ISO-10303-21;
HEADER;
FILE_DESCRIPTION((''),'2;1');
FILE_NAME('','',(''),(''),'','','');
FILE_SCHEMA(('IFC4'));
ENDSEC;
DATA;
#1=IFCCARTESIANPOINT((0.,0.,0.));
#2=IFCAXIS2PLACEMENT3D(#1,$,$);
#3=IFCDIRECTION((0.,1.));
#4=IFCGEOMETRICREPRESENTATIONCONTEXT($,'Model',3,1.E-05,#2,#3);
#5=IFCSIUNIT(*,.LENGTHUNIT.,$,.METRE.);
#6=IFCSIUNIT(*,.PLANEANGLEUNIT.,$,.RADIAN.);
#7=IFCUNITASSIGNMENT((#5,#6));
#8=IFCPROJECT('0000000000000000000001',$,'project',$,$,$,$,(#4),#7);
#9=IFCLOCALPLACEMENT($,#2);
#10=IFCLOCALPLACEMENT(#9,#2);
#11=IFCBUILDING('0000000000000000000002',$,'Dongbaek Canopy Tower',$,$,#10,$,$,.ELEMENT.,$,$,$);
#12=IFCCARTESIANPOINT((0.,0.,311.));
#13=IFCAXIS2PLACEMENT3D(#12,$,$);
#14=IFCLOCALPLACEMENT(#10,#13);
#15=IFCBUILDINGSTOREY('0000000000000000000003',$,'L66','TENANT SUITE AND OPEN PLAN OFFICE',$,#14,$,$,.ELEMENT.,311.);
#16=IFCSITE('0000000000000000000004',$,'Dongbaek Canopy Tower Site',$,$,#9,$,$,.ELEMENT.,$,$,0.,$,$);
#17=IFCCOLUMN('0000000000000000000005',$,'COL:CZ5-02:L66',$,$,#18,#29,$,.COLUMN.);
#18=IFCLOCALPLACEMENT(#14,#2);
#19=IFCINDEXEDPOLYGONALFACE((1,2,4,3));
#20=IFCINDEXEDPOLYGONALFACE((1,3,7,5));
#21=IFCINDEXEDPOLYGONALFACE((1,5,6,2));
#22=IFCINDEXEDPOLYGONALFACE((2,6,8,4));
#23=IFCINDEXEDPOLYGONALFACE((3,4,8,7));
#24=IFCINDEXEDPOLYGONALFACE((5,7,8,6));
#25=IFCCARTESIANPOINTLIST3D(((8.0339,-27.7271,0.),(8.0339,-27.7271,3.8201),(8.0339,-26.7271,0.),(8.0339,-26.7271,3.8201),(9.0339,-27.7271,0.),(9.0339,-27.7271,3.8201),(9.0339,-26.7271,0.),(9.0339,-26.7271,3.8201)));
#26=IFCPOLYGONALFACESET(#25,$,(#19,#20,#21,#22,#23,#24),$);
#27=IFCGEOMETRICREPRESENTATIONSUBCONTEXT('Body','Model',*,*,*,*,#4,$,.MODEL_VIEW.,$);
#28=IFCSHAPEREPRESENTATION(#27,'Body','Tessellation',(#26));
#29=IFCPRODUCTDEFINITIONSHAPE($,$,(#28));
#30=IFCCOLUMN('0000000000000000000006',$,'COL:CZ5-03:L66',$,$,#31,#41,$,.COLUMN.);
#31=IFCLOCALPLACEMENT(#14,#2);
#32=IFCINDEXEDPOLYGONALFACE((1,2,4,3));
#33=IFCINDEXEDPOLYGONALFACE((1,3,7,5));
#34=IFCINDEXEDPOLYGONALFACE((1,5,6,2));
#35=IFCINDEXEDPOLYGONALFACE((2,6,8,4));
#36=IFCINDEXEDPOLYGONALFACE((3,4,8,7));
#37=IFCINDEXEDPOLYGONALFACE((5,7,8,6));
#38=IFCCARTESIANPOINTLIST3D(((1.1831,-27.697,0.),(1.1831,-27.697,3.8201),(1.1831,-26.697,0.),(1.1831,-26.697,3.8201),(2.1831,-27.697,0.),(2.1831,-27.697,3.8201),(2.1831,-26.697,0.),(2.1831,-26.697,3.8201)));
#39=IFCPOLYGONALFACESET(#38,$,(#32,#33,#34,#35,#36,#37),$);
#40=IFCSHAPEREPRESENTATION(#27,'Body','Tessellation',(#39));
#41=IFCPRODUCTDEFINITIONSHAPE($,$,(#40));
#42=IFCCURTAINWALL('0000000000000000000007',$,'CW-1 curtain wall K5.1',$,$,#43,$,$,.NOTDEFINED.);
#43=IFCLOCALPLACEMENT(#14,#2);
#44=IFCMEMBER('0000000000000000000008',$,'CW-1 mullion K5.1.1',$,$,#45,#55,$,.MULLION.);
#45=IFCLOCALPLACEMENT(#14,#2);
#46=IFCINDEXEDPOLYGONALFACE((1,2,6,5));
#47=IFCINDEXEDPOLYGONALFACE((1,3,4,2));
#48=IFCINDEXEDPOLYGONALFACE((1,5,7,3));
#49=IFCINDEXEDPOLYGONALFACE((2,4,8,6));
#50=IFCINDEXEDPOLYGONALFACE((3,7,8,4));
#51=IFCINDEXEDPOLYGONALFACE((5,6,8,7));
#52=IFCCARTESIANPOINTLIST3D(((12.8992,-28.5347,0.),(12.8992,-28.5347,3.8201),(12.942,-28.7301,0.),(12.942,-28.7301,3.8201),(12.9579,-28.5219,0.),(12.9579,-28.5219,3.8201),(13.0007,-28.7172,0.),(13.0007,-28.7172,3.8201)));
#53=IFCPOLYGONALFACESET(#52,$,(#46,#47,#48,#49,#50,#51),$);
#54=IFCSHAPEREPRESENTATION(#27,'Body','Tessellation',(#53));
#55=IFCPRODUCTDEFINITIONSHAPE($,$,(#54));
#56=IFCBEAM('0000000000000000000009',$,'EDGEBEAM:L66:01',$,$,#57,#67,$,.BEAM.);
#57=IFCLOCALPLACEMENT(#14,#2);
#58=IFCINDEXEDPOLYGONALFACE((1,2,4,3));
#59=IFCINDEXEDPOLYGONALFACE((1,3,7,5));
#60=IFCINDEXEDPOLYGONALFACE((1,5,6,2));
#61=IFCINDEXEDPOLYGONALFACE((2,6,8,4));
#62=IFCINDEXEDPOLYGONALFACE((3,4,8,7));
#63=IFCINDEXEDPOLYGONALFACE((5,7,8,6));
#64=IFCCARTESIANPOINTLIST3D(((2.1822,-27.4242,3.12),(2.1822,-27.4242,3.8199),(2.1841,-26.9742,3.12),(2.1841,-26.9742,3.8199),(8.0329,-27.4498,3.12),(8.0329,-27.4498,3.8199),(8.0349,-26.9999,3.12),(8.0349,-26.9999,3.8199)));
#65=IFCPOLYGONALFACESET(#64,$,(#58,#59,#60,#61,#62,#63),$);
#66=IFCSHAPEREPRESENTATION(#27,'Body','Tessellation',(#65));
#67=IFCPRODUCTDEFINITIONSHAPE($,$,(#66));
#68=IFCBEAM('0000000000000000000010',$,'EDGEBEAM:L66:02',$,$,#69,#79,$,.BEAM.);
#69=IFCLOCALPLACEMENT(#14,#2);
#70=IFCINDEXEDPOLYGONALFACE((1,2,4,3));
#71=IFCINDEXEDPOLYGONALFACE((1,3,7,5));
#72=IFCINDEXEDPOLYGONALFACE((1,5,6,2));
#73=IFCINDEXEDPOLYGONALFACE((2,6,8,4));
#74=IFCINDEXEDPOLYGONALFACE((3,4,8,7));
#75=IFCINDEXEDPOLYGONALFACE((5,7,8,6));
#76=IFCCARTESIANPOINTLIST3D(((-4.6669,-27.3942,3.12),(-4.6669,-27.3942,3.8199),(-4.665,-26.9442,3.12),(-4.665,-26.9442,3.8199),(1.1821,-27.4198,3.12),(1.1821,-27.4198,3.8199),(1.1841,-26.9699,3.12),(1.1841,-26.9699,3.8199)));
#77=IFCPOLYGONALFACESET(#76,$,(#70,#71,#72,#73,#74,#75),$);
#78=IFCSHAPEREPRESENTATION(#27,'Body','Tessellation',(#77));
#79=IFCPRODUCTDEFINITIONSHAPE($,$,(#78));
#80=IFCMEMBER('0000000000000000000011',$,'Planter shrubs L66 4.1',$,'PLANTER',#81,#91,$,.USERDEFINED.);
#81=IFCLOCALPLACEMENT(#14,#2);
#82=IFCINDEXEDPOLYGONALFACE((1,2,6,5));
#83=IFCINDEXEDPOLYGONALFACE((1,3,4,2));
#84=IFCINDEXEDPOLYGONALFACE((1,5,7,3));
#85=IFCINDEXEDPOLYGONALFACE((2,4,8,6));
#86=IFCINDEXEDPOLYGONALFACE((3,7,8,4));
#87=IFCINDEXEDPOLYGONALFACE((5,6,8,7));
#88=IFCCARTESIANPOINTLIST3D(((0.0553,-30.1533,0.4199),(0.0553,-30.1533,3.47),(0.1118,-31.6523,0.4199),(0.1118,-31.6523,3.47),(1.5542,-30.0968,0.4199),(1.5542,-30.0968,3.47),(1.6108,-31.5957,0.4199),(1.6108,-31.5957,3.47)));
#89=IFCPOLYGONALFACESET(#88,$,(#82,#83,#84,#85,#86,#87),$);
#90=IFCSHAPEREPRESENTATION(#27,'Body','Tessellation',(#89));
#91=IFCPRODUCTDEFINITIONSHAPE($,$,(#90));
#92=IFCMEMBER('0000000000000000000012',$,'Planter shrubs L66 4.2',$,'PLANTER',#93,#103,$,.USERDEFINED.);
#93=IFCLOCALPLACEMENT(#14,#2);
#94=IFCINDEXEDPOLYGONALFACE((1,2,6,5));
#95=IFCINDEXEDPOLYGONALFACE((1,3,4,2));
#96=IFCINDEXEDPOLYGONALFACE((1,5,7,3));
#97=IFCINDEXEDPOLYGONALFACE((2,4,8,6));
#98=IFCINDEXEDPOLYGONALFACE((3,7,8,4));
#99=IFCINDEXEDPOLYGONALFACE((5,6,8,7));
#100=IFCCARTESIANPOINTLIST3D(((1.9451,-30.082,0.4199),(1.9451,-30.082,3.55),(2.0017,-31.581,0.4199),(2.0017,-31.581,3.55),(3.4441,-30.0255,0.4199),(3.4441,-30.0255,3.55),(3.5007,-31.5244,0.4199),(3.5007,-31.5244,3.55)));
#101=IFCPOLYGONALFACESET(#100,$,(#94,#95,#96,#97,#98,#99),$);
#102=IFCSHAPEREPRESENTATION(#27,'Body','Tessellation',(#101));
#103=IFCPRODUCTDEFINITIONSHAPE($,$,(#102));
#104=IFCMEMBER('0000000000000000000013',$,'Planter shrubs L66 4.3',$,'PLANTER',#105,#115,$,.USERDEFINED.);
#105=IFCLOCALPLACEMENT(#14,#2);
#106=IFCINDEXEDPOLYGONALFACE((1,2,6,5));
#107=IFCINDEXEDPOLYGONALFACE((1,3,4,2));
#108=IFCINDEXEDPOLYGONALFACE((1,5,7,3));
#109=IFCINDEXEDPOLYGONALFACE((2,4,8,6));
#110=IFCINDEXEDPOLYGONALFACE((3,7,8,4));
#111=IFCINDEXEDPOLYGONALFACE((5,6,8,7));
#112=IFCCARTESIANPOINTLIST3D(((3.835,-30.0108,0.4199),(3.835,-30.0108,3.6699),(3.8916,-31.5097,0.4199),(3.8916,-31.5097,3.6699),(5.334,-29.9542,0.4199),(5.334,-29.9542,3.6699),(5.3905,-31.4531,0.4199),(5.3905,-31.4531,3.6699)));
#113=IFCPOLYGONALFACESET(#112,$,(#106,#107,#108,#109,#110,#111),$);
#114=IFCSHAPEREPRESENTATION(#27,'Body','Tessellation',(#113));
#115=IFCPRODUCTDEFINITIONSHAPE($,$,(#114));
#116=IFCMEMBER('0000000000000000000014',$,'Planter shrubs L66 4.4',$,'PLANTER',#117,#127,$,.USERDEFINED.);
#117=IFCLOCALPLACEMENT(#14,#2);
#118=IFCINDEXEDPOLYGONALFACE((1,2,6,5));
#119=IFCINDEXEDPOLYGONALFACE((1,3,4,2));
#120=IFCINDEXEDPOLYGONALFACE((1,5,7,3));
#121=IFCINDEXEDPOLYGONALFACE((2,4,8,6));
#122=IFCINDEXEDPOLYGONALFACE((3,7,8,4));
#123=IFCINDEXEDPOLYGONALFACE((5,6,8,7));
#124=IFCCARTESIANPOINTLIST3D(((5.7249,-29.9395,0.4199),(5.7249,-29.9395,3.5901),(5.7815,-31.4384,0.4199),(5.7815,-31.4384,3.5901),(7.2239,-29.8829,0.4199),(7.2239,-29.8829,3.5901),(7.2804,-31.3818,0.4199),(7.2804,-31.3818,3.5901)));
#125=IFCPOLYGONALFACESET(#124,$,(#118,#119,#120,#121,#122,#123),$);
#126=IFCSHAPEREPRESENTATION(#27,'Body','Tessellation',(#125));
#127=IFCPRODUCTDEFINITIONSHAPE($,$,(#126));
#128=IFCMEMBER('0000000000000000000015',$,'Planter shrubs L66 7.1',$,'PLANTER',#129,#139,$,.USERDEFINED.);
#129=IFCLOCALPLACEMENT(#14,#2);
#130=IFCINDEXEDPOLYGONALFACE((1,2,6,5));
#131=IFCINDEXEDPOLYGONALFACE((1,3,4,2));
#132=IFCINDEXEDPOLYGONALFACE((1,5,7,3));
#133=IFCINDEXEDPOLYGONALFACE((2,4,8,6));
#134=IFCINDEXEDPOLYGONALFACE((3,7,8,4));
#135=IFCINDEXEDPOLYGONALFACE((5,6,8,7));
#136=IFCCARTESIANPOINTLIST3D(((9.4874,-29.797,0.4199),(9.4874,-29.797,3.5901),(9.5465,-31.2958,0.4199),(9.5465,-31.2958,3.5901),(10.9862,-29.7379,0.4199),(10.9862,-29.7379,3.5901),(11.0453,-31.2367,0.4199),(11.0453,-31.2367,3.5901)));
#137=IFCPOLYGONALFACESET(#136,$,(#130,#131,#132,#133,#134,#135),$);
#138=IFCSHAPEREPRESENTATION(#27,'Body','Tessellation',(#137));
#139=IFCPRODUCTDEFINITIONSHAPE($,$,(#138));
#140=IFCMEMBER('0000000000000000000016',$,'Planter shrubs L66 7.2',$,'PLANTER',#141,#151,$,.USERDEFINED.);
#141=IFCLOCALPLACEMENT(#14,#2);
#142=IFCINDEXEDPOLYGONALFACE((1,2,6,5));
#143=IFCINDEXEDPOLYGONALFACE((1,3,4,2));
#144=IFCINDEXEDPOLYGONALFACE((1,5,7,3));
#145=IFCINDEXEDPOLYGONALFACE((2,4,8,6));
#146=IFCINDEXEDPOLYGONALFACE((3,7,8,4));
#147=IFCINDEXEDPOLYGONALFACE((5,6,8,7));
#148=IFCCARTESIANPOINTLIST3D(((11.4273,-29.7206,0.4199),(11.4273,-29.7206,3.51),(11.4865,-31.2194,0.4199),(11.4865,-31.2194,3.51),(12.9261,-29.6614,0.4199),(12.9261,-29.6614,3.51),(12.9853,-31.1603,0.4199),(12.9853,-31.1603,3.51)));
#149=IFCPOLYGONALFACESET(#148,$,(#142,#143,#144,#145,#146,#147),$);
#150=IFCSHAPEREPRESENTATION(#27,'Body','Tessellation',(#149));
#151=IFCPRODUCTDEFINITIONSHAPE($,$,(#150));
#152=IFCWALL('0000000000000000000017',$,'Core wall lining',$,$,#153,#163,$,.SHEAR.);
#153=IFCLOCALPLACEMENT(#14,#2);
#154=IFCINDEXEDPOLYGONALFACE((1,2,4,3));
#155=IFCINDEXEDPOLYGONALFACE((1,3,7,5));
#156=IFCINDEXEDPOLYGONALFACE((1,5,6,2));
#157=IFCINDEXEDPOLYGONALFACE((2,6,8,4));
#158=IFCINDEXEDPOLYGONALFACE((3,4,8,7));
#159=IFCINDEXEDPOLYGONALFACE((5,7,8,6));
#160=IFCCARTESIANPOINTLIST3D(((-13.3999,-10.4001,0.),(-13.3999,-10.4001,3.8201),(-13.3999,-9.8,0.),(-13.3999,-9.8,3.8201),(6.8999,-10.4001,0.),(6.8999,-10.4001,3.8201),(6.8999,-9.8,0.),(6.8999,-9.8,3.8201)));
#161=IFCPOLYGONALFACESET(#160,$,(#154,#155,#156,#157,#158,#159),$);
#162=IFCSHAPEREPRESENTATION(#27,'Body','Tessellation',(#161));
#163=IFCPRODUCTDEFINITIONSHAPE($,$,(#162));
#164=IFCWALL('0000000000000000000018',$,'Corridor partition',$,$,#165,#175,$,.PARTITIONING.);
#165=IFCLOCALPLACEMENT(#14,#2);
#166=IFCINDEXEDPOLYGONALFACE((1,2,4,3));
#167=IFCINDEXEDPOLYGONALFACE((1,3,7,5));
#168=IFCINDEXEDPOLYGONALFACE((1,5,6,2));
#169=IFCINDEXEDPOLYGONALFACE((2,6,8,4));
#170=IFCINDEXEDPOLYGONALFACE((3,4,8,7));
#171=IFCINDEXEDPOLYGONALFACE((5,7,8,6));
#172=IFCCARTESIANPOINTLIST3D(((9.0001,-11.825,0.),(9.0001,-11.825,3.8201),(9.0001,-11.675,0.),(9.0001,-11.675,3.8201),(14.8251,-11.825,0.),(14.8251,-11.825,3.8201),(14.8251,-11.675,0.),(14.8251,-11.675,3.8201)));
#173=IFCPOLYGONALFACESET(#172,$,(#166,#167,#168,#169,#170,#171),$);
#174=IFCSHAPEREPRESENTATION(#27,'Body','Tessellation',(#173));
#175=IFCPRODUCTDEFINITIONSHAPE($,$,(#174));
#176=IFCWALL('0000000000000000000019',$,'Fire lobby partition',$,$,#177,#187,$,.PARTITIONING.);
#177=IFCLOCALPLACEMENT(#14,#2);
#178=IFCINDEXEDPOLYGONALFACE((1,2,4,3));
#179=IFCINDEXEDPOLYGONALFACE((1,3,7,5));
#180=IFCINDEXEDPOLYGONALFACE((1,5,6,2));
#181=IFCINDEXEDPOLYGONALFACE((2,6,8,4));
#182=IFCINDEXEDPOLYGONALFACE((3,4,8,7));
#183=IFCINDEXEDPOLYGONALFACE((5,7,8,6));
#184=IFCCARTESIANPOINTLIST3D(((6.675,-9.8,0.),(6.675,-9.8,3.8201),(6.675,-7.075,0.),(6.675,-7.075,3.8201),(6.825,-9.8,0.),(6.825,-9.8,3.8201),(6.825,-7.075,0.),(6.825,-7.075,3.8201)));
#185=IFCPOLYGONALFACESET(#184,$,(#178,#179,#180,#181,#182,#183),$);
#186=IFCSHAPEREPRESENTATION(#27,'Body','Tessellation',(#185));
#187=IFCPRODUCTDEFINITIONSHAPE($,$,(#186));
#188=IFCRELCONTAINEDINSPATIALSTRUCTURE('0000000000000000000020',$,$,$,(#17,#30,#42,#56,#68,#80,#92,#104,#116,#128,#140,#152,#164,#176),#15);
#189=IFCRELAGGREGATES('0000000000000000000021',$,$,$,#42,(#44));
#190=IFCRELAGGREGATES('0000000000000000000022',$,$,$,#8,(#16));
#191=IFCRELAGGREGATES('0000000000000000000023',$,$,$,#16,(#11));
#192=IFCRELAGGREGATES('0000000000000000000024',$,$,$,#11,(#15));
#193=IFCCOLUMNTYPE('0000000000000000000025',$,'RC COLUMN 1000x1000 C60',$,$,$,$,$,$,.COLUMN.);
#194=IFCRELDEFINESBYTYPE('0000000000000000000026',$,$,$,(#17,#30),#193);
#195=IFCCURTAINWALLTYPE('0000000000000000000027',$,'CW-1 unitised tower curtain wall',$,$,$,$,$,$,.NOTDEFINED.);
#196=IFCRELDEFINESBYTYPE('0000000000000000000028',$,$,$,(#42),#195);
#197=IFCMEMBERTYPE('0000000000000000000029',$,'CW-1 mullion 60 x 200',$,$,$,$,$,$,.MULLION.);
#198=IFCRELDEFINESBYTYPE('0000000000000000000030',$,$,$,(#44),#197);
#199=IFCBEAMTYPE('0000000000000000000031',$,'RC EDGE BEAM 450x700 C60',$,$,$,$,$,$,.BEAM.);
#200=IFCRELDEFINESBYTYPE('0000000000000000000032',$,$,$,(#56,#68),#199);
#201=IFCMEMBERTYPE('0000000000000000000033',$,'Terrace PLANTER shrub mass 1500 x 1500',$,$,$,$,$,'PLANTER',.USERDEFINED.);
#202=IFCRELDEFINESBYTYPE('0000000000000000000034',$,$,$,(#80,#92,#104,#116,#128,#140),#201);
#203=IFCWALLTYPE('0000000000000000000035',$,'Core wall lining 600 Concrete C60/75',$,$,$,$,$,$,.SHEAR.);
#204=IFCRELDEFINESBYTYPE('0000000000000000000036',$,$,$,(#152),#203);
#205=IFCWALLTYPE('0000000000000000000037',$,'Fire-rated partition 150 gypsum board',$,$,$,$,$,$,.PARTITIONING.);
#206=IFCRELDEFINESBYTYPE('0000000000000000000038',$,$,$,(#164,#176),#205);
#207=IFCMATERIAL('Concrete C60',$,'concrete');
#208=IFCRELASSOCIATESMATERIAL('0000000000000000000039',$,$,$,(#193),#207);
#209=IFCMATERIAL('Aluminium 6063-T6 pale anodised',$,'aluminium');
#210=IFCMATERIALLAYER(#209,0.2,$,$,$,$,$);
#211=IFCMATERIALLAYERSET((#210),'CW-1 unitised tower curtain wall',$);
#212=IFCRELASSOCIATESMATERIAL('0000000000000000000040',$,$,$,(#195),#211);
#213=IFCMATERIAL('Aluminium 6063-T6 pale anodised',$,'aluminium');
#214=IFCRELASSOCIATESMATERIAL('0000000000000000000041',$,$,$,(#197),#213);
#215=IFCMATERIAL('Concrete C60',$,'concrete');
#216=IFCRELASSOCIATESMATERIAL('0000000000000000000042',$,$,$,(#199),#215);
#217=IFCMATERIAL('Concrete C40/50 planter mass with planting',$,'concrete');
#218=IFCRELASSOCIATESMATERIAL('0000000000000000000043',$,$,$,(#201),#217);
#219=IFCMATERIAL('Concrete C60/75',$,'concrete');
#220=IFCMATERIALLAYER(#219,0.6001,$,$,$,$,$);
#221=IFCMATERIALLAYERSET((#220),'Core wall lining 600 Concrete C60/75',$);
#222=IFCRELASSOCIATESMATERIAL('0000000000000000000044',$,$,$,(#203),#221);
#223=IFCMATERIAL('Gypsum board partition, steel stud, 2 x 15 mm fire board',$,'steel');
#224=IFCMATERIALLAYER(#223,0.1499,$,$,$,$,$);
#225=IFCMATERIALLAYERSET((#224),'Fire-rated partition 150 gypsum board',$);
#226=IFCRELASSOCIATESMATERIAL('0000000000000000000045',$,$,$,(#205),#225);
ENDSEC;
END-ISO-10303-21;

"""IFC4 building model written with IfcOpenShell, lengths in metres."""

from ifc_helpers import new_model, si_unit, direction, frame, frame_2d, origin, origin_2d, place, context, subcontext, project, spatial, rectangle, extrude, material, layer, layer_set, material_profile, profile_set, type_object, element, aggregate, save


model = new_model("IFC4")

# Units and contexts
model_context = context("Model", 3, precision=1e-05, world=origin(), true_north=direction((0.0, 1.0)))
body_context = subcontext(model_context, "Body", "Model", "MODEL_VIEW")
ifc_project = project(units=[si_unit("LENGTHUNIT", "METRE"), si_unit("PLANEANGLEUNIT", "RADIAN")], contexts=[model_context])

# Site, building, storey
site_placement = place(None, origin())
site = spatial("IfcSite", under=ifc_project, at=site_placement, Name="Dongbaek Canopy Tower Site", CompositionType="ELEMENT", RefElevation=0.0)
building_placement = place(site_placement, origin())
building = spatial("IfcBuilding", under=site, at=building_placement, Name="Dongbaek Canopy Tower", CompositionType="ELEMENT")
storey_placement = place(building_placement, frame((0.0, 0.0, 311.0)))
storey = spatial("IfcBuildingStorey", under=building, at=storey_placement, Name="L66", Description="TENANT SUITE AND OPEN PLAN OFFICE", CompositionType="ELEMENT", Elevation=311.0)

# Columns
ifc_material_1 = material(Name="Concrete C60", Category="concrete")
ifc_material_profile_1 = material_profile(ifc_material_1, rectangle(XDim=1.0, YDim=1.0, at=origin_2d()), Name="RC COLUMN 1000x1000 C60")
ifc_profile_set_1 = profile_set([ifc_material_profile_1], Name="Concrete C60")
column_type = type_object("IfcColumnType", Name="RC COLUMN 1000x1000 C60", PredefinedType="COLUMN", material=ifc_profile_set_1)
for number, where, z_axis, x_axis, name in (
    (1, (8.5339, -27.2271, 0.0), (0.0, 0.0, 1.0), (1.0, 0.0, 0.0), "COL:CZ5-02:L66"),
    (2, (1.6831, -27.197, 0.0), (0.0, 0.0, 1.0), (1.0, 0.0, 0.0), "COL:CZ5-03:L66"),
):
    element("IfcColumn", number, at=place(storey_placement, frame(where, z_axis=z_axis, x_axis=x_axis)), inside=storey, type_object=column_type, Name=name, PredefinedType="COLUMN", context=body_context, shape_type="SweptSolid", body=[
        extrude(rectangle(XDim=1.0, YDim=1.0, at=origin_2d()), origin(), (0.0, 0.0, 1.0), 3.8201),
    ])

# Curtain wall, member
ifc_material_2 = material(Name="Aluminium 6063-T6 pale anodised", Category="aluminium")
ifc_layer_1 = layer(ifc_material_2, 0.2)
ifc_layer_set_1 = layer_set([ifc_layer_1], Name="CW-1 unitised tower curtain wall")
curtain_wall_type = type_object("IfcCurtainWallType", Name="CW-1 unitised tower curtain wall", PredefinedType="NOTDEFINED", material=ifc_layer_set_1)
curtain_wall_placement = place(storey_placement, origin())
curtain_wall = element("IfcCurtainWall", 3, at=curtain_wall_placement, inside=storey, type_object=curtain_wall_type, Name="CW-1 curtain wall K5.1", PredefinedType="NOTDEFINED")
ifc_material_3 = material(Name="Aluminium 6063-T6 pale anodised", Category="aluminium")
ifc_material_profile_2 = material_profile(ifc_material_3, rectangle(XDim=0.2, YDim=0.0601, at=origin_2d()), Name="CW-1 mullion 60 x 200")
ifc_profile_set_2 = profile_set([ifc_material_profile_2], Name="Aluminium 6063-T6 pale anodised")
member_type_1 = type_object("IfcMemberType", Name="CW-1 mullion 60 x 200", PredefinedType="MULLION", material=ifc_profile_set_2)
member_1_placement = place(storey_placement, frame((12.95, -28.626, 0.0), z_axis=(0.0, 0.0, 1.0), x_axis=(0.214032, -0.976827, 0.0)))
member_1 = element("IfcMember", 4, at=member_1_placement, type_object=member_type_1, Name="CW-1 mullion K5.1.1", PredefinedType="MULLION", context=body_context, shape_type="SweptSolid", body=[
    extrude(rectangle(XDim=0.2, YDim=0.0601, at=origin_2d()), origin(), (0.0, 0.0, 1.0), 3.8201),
])
aggregate(curtain_wall, [member_1])

# Beams
ifc_material_4 = material(Name="Concrete C60", Category="concrete")
ifc_material_profile_3 = material_profile(ifc_material_4, rectangle(XDim=0.45, YDim=0.7, at=origin_2d()), Name="RC EDGE BEAM 450x700 C60")
ifc_profile_set_3 = profile_set([ifc_material_profile_3], Name="Concrete C60")
beam_type = type_object("IfcBeamType", Name="RC EDGE BEAM 450x700 C60", PredefinedType="BEAM", material=ifc_profile_set_3)
beam_1_placement = place(storey_placement, frame((8.0339, -27.2249, 3.47), z_axis=(-0.99999, 0.004381, 0.0), x_axis=(-0.004381, -0.99999, 0.0)))
element("IfcBeam", 5, at=beam_1_placement, inside=storey, type_object=beam_type, Name="EDGEBEAM:L66:01", PredefinedType="BEAM", context=body_context, shape_type="SweptSolid", body=[
    extrude(rectangle(XDim=0.45, YDim=0.7, at=origin_2d()), origin(), (0.0, 0.0, 1.0), 5.8508),
])
beam_2_placement = place(storey_placement, frame((1.1831, -27.1948, 3.47), z_axis=(-0.99999, 0.004383, 0.0), x_axis=(-0.004383, -0.99999, 0.0)))
element("IfcBeam", 6, at=beam_2_placement, inside=storey, type_object=beam_type, Name="EDGEBEAM:L66:02", PredefinedType="BEAM", context=body_context, shape_type="SweptSolid", body=[
    extrude(rectangle(XDim=0.45, YDim=0.7, at=origin_2d()), origin(), (0.0, 0.0, 1.0), 5.8491),
])

# Members
ifc_material_5 = material(Name="Concrete C40/50 planter mass with planting", Category="concrete")
ifc_material_profile_4 = material_profile(ifc_material_5, rectangle(XDim=1.5, YDim=1.5, at=origin_2d()), Name="Terrace PLANTER shrub mass 1500 x 1500")
ifc_profile_set_4 = profile_set([ifc_material_profile_4], Name="Concrete C40/50 planter mass with planting")
member_type_2 = type_object("IfcMemberType", Name="Terrace PLANTER shrub mass 1500 x 1500", ElementType="PLANTER", PredefinedType="USERDEFINED", material=ifc_profile_set_4)
member_2_placement = place(storey_placement, frame((0.833, -30.8745, 0.4199), z_axis=(0.0, 0.0, 1.0), x_axis=(0.037712, -0.999289, 0.0)))
element("IfcMember", 7, at=member_2_placement, inside=storey, type_object=member_type_2, Name="Planter shrubs L66 4.1", ObjectType="PLANTER", PredefinedType="USERDEFINED", context=body_context, shape_type="SweptSolid", body=[
    extrude(rectangle(XDim=1.5, YDim=1.5, at=origin_2d()), origin(), (0.0, 0.0, 1.0), 3.05),
])
member_3_placement = place(storey_placement, frame((2.7229, -30.8032, 0.4199), z_axis=(0.0, 0.0, 1.0), x_axis=(0.037712, -0.999289, 0.0)))
element("IfcMember", 8, at=member_3_placement, inside=storey, type_object=member_type_2, Name="Planter shrubs L66 4.2", ObjectType="PLANTER", PredefinedType="USERDEFINED", context=body_context, shape_type="SweptSolid", body=[
    extrude(rectangle(XDim=1.5, YDim=1.5, at=origin_2d()), origin(), (0.0, 0.0, 1.0), 3.1301),
])
member_4_placement = place(storey_placement, frame((4.6128, -30.7319, 0.4199), z_axis=(0.0, 0.0, 1.0), x_axis=(0.037712, -0.999289, 0.0)))
element("IfcMember", 9, at=member_4_placement, inside=storey, type_object=member_type_2, Name="Planter shrubs L66 4.3", ObjectType="PLANTER", PredefinedType="USERDEFINED", context=body_context, shape_type="SweptSolid", body=[
    extrude(rectangle(XDim=1.5, YDim=1.5, at=origin_2d()), origin(), (0.0, 0.0, 1.0), 3.25),
])
for number, where, z_axis, x_axis, name in (
    (10, (6.5027, -30.6606, 0.4199), (0.0, 0.0, 1.0), (0.037712, -0.999289, 0.0), "Planter shrubs L66 4.4"),
    (11, (10.2664, -30.5168, 0.4199), (0.0, 0.0, 1.0), (0.039433, -0.999222, 0.0), "Planter shrubs L66 7.1"),
):
    element("IfcMember", number, at=place(storey_placement, frame(where, z_axis=z_axis, x_axis=x_axis)), inside=storey, type_object=member_type_2, Name=name, ObjectType="PLANTER", PredefinedType="USERDEFINED", context=body_context, shape_type="SweptSolid", body=[
        extrude(rectangle(XDim=1.5, YDim=1.5, at=origin_2d()), origin(), (0.0, 0.0, 1.0), 3.1702),
    ])
member_5_placement = place(storey_placement, frame((12.2063, -30.4404, 0.4199), z_axis=(0.0, 0.0, 1.0), x_axis=(0.039433, -0.999222, 0.0)))
element("IfcMember", 12, at=member_5_placement, inside=storey, type_object=member_type_2, Name="Planter shrubs L66 7.2", ObjectType="PLANTER", PredefinedType="USERDEFINED", context=body_context, shape_type="SweptSolid", body=[
    extrude(rectangle(XDim=1.5, YDim=1.5, at=origin_2d()), origin(), (0.0, 0.0, 1.0), 3.0901),
])

# Walls
ifc_material_6 = material(Name="Concrete C60/75", Category="concrete")
ifc_layer_2 = layer(ifc_material_6, 0.6001)
ifc_layer_set_2 = layer_set([ifc_layer_2], Name="Core wall lining 600 Concrete C60/75")
wall_type_1 = type_object("IfcWallType", Name="Core wall lining 600 Concrete C60/75", PredefinedType="SHEAR", material=ifc_layer_set_2)
wall_1_placement = place(storey_placement, frame((6.8999, -10.1001, 0.0), z_axis=(0.0, 0.0, 1.0), x_axis=(-1.0, 0.0, 0.0)))
element("IfcWall", 13, at=wall_1_placement, inside=storey, type_object=wall_type_1, Name="Core wall lining", PredefinedType="SHEAR", context=body_context, shape_type="SweptSolid", body=[
    extrude(rectangle(XDim=20.2998, YDim=0.6001, at=frame_2d((10.1499, 0.0))), origin(), (0.0, 0.0, 1.0), 3.8201),
])
ifc_material_7 = material(Name="Gypsum board partition, steel stud, 2 x 15 mm fire board", Category="steel")
ifc_layer_3 = layer(ifc_material_7, 0.1499)
ifc_layer_set_3 = layer_set([ifc_layer_3], Name="Fire-rated partition 150 gypsum board")
wall_type_2 = type_object("IfcWallType", Name="Fire-rated partition 150 gypsum board", PredefinedType="PARTITIONING", material=ifc_layer_set_3)
wall_2_placement = place(storey_placement, frame((9.0, -11.75, 0.0), z_axis=(0.0, 0.0, 1.0), x_axis=(1.0, 0.0, 0.0)))
element("IfcWall", 14, at=wall_2_placement, inside=storey, type_object=wall_type_2, Name="Corridor partition", PredefinedType="PARTITIONING", context=body_context, shape_type="SweptSolid", body=[
    extrude(rectangle(XDim=5.825, YDim=0.1499, at=frame_2d((2.9126, 0.0))), origin(), (0.0, 0.0, 1.0), 3.8201),
])
wall_3_placement = place(storey_placement, frame((6.75, -9.8, 0.0), z_axis=(0.0, 0.0, 1.0), x_axis=(0.0, 1.0, 0.0)))
element("IfcWall", 15, at=wall_3_placement, inside=storey, type_object=wall_type_2, Name="Fire lobby partition", PredefinedType="PARTITIONING", context=body_context, shape_type="SweptSolid", body=[
    extrude(rectangle(XDim=2.7251, YDim=0.1499, at=frame_2d((1.3625, 0.0))), origin(), (0.0, 0.0, 1.0), 3.8201),
])

save(model, "model.ifc")
